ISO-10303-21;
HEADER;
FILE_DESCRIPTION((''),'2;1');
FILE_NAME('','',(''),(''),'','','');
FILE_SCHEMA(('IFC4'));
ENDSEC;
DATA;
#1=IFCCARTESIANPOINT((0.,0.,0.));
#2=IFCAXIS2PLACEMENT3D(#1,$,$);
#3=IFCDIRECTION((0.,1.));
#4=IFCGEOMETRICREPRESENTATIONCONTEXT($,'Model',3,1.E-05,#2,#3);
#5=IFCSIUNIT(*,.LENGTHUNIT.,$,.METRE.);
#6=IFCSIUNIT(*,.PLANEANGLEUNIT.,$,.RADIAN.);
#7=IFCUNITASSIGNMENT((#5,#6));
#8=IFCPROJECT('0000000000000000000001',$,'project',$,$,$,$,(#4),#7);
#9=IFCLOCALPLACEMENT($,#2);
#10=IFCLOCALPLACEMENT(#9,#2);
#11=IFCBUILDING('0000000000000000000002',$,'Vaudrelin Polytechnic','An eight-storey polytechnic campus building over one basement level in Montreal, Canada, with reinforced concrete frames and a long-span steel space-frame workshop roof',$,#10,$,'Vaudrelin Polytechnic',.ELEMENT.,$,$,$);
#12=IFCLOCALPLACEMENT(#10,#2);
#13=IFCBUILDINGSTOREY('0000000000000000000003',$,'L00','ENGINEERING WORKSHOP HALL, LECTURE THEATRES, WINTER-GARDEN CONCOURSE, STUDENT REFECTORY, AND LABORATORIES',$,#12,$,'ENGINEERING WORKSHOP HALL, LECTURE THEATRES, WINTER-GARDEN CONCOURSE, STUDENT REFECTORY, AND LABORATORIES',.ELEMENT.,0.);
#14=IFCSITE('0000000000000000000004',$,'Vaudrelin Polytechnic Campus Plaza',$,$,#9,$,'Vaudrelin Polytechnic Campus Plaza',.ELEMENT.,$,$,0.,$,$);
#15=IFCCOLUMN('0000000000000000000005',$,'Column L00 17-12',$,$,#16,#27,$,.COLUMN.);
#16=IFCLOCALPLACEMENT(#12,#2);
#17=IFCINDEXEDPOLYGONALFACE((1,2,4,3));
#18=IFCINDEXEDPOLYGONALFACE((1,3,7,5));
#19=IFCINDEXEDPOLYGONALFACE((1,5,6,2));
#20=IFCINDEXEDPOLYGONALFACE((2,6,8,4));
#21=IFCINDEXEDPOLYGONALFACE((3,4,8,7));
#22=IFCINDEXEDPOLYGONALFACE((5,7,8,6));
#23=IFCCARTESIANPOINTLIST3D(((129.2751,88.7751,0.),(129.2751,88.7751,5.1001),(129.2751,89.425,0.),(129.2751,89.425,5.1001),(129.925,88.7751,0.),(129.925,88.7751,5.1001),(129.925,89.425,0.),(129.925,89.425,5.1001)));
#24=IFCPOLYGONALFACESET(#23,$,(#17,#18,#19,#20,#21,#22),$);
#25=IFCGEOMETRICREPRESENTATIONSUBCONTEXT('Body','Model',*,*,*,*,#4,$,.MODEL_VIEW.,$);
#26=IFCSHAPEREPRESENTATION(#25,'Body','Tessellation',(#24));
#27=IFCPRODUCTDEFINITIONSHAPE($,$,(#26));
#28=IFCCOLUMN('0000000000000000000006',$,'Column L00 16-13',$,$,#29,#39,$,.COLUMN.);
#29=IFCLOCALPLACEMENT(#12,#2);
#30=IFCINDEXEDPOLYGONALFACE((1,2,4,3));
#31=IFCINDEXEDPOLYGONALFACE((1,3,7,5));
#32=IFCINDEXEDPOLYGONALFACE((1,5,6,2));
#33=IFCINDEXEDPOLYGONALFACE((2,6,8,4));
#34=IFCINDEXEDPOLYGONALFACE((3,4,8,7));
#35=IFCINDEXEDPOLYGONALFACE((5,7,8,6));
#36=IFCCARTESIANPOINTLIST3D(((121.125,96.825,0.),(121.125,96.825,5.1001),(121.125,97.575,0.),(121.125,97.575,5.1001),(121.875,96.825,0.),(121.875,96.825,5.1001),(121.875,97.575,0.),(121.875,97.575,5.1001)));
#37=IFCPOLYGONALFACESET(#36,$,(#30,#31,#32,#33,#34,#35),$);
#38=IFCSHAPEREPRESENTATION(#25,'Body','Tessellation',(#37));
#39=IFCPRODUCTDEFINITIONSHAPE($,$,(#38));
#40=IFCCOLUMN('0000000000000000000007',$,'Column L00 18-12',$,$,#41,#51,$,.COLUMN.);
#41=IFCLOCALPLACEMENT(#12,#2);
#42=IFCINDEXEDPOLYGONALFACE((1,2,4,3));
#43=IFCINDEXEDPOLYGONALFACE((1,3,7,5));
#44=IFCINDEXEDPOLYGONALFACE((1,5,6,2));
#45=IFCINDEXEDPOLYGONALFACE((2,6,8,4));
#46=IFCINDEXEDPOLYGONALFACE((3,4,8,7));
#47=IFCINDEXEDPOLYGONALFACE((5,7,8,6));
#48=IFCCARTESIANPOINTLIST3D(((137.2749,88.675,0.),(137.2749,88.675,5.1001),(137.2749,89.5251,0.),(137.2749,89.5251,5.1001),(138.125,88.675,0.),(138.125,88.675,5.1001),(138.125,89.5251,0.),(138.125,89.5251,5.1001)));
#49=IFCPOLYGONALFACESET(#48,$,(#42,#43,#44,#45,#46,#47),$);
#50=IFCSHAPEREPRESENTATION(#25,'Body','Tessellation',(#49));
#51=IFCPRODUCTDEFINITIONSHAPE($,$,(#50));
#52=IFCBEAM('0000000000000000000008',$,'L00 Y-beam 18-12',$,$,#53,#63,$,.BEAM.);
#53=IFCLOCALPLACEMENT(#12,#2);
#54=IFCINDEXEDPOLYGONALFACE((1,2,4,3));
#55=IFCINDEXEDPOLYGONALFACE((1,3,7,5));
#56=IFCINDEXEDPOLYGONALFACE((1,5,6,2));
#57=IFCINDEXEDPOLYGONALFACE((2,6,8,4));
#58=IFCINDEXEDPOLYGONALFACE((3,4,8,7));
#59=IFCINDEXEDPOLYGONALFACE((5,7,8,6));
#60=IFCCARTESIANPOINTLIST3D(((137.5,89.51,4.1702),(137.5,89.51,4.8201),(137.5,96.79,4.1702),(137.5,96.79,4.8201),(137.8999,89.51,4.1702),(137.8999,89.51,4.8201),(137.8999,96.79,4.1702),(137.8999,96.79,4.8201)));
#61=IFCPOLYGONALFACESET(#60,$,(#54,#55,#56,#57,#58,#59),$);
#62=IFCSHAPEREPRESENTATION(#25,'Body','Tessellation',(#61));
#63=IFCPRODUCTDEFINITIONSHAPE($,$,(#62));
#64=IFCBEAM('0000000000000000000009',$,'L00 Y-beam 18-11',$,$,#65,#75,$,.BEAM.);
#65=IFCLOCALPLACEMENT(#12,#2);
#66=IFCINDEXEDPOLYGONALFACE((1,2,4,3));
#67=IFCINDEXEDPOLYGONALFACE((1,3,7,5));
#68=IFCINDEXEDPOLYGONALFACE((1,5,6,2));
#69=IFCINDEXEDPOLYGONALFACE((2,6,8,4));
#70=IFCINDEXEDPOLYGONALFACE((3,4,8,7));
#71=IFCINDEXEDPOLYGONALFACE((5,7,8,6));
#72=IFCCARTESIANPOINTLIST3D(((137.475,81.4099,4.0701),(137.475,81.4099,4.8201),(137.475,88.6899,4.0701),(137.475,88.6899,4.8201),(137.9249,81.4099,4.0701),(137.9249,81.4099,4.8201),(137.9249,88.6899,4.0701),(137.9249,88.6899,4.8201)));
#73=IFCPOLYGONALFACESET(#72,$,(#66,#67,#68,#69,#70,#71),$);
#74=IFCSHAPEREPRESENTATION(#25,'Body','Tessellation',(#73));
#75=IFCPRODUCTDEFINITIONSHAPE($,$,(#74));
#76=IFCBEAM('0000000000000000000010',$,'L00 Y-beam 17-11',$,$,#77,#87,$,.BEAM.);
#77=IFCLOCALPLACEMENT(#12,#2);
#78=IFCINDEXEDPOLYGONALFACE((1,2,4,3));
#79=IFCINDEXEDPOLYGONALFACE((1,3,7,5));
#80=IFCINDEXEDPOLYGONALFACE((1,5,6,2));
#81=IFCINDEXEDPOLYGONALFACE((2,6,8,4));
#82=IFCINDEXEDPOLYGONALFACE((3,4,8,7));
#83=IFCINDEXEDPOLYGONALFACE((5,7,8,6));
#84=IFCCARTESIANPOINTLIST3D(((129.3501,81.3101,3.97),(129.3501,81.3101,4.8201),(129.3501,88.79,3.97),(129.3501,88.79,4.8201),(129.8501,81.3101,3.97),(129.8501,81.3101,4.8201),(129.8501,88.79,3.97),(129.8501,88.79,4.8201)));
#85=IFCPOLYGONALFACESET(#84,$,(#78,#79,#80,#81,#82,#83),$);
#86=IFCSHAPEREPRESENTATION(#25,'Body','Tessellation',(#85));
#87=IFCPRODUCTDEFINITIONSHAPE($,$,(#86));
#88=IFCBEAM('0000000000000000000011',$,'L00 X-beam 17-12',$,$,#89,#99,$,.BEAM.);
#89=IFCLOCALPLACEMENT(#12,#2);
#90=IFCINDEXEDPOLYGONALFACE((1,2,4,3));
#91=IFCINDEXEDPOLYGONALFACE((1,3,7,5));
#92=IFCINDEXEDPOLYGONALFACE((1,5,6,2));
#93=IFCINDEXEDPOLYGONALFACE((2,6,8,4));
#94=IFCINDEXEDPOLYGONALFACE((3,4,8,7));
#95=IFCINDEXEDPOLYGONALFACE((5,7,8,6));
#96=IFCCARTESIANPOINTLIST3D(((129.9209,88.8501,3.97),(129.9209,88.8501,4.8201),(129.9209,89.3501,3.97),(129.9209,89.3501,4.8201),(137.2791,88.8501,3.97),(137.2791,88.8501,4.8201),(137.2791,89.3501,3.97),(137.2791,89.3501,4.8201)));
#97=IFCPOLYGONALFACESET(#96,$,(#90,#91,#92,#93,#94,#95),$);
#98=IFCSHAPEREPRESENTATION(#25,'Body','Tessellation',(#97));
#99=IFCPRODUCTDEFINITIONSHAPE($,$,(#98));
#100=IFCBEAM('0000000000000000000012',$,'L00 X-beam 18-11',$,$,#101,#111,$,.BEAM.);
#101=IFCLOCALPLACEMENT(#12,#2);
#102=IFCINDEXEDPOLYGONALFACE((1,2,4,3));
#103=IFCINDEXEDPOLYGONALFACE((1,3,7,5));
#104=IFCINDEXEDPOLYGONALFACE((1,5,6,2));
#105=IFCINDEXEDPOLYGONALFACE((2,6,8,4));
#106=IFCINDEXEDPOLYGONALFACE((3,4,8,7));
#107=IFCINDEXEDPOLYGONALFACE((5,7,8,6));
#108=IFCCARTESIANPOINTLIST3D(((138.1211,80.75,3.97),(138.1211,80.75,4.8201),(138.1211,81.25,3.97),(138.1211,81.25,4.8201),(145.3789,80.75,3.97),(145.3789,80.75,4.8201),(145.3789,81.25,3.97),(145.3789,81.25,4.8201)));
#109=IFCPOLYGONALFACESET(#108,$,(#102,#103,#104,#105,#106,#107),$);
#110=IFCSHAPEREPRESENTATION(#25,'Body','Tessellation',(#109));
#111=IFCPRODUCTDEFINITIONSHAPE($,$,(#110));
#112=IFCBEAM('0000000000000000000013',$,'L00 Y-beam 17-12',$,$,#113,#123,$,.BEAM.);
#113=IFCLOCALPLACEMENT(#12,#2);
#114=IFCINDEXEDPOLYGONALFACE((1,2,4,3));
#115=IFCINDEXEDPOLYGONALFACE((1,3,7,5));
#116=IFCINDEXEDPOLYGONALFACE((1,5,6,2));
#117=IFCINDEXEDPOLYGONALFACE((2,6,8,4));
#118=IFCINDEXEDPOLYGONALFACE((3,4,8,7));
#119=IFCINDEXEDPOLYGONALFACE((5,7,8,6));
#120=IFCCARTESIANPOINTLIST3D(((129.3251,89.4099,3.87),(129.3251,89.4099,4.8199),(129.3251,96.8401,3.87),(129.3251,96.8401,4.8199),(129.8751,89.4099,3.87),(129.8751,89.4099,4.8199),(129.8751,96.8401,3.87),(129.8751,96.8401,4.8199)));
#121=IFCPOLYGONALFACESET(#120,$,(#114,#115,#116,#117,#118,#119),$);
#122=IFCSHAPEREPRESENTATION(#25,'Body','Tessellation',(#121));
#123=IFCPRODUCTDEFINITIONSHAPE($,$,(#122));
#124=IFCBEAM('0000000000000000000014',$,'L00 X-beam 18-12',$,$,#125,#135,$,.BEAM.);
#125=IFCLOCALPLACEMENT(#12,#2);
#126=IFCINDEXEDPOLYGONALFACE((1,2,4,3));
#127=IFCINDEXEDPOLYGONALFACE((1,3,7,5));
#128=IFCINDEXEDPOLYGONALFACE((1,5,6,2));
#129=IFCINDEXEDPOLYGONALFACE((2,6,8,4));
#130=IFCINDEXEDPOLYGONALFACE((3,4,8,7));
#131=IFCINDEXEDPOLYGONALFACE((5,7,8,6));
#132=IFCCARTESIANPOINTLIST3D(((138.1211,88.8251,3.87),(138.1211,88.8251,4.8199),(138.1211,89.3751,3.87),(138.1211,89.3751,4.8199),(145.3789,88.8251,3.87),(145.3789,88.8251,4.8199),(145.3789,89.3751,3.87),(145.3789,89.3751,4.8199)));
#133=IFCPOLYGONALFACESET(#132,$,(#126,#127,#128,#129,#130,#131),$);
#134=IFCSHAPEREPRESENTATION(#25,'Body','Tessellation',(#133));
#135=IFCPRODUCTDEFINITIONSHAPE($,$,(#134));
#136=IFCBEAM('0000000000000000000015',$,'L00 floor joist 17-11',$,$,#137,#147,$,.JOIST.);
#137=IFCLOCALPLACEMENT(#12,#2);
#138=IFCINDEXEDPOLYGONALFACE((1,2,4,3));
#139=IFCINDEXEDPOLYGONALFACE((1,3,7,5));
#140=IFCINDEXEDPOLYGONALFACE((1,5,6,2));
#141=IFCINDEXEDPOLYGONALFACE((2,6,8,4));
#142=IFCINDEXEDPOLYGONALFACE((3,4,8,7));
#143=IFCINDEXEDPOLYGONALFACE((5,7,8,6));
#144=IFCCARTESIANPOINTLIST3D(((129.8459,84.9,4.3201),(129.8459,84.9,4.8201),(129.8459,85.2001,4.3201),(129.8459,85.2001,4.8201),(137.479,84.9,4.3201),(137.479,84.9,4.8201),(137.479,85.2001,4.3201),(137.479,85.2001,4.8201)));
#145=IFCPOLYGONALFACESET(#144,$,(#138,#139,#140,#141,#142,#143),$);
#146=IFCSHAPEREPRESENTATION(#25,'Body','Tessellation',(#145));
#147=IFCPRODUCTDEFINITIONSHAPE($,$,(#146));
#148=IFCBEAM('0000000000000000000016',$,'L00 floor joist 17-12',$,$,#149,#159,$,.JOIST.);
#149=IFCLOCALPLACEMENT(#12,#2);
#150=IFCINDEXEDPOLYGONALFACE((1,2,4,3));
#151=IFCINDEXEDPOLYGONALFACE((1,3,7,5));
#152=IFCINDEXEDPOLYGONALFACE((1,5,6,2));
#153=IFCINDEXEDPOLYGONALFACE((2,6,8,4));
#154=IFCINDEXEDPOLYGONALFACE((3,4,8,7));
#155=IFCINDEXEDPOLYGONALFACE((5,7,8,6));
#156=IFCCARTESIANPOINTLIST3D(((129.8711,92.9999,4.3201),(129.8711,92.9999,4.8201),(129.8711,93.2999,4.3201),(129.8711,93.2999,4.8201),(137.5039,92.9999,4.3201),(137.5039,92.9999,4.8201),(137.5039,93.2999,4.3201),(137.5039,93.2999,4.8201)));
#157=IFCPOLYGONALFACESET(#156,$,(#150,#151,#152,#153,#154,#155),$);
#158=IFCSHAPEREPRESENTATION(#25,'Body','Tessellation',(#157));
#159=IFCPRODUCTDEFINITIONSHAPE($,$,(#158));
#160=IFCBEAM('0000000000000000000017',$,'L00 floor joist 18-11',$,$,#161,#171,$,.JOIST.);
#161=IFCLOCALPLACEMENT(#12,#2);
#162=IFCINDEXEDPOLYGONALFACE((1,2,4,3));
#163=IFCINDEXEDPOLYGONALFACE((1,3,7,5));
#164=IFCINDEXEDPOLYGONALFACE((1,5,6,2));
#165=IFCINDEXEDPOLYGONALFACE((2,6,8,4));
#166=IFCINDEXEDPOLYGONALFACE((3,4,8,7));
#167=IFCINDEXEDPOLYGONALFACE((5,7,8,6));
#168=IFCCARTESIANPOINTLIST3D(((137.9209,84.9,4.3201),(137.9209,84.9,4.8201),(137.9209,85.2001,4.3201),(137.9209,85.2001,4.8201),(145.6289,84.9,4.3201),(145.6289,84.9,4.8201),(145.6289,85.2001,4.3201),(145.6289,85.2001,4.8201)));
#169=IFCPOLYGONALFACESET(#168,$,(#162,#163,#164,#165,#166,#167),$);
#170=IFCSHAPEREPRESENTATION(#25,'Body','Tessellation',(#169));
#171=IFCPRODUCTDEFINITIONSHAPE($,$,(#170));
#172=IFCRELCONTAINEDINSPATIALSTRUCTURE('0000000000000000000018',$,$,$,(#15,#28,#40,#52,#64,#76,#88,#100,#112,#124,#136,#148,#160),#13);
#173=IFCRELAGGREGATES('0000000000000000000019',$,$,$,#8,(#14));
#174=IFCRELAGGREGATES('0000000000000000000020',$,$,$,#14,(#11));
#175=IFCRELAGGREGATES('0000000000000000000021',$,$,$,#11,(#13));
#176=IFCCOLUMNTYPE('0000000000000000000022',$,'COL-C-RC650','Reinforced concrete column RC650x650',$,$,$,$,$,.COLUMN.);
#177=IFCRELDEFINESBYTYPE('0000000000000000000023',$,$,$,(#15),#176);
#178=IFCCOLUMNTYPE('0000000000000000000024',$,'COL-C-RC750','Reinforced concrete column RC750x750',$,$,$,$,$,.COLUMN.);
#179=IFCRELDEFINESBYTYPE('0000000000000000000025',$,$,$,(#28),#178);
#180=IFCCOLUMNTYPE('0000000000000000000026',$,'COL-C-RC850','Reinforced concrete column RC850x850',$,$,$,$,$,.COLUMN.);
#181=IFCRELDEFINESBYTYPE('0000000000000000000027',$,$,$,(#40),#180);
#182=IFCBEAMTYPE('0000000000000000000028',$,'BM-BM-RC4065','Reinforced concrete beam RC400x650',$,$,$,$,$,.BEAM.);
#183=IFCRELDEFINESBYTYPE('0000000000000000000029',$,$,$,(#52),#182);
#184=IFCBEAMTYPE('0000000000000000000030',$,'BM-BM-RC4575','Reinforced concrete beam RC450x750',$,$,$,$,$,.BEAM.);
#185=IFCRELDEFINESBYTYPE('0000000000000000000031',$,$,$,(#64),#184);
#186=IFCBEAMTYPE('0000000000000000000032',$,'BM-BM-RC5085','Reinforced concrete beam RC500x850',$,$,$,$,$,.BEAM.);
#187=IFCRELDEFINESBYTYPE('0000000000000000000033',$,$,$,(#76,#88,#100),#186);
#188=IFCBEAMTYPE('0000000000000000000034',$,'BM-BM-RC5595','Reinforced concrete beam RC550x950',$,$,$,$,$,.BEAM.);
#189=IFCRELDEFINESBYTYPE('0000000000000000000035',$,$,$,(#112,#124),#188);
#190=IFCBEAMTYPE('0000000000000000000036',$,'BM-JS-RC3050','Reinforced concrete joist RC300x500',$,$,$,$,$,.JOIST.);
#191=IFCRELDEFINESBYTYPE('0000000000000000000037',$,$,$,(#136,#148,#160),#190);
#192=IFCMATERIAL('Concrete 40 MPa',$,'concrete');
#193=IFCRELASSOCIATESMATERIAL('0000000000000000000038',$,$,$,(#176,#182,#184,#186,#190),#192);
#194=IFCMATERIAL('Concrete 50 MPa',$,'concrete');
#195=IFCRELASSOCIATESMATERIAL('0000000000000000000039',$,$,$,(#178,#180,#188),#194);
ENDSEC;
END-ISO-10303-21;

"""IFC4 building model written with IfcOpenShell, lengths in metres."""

from ifc_helpers import new_model, si_unit, direction, frame, origin, origin_2d, place, context, subcontext, project, spatial, rectangle, extrude, material, material_profile, profile_set, type_object, element, save


model = new_model("IFC4")

# Units and contexts
model_context = context("Model", 3, precision=1e-05, world=origin(), true_north=direction((0.0, 1.0)))
body_context = subcontext(model_context, "Body", "Model", "MODEL_VIEW")
ifc_project = project(units=[si_unit("LENGTHUNIT", "METRE"), si_unit("PLANEANGLEUNIT", "RADIAN")], contexts=[model_context])

# Site, building, storey
site_placement = place(None, origin())
site = spatial("IfcSite", under=ifc_project, at=site_placement, Name="Vaudrelin Polytechnic Campus Plaza", LongName="Vaudrelin Polytechnic Campus Plaza", CompositionType="ELEMENT", RefElevation=0.0)
building_placement = place(site_placement, origin())
building = spatial("IfcBuilding", under=site, at=building_placement, Name="Vaudrelin Polytechnic", Description="An eight-storey polytechnic campus building over one basement level in Montreal, Canada, with reinforced concrete frames and a long-span steel space-frame workshop roof", LongName="Vaudrelin Polytechnic", CompositionType="ELEMENT")
storey_placement = place(building_placement, origin())
storey = spatial("IfcBuildingStorey", under=building, at=storey_placement, Name="L00", Description="ENGINEERING WORKSHOP HALL, LECTURE THEATRES, WINTER-GARDEN CONCOURSE, STUDENT REFECTORY, AND LABORATORIES", LongName="ENGINEERING WORKSHOP HALL, LECTURE THEATRES, WINTER-GARDEN CONCOURSE, STUDENT REFECTORY, AND LABORATORIES", CompositionType="ELEMENT", Elevation=0.0)

# Columns
ifc_material_1 = material(Name="Concrete 40 MPa", Category="concrete")
ifc_material_profile_1 = material_profile(ifc_material_1, rectangle(XDim=0.6499, YDim=0.6499, at=origin_2d()), Name="RC650x650")
ifc_profile_set_1 = profile_set([ifc_material_profile_1], Name="Concrete 40 MPa")
column_type_1 = type_object("IfcColumnType", Name="COL-C-RC650", Description="Reinforced concrete column RC650x650", PredefinedType="COLUMN", material=ifc_profile_set_1)
column_1_placement = place(storey_placement, frame((129.6001, 89.1001, 0.0), z_axis=(0.0, 0.0, 1.0), x_axis=(1.0, 0.0, 0.0)))
element("IfcColumn", 1, at=column_1_placement, inside=storey, type_object=column_type_1, Name="Column L00 17-12", PredefinedType="COLUMN", context=body_context, shape_type="SweptSolid", body=[
    extrude(rectangle(XDim=0.6499, YDim=0.6499, at=origin_2d()), origin(), (0.0, 0.0, 1.0), 5.1001),
])
ifc_material_2 = material(Name="Concrete 50 MPa", Category="concrete")
ifc_material_profile_2 = material_profile(ifc_material_2, rectangle(XDim=0.75, YDim=0.75, at=origin_2d()), Name="RC750x750")
ifc_profile_set_2 = profile_set([ifc_material_profile_2], Name="Concrete 50 MPa")
column_type_2 = type_object("IfcColumnType", Name="COL-C-RC750", Description="Reinforced concrete column RC750x750", PredefinedType="COLUMN", material=ifc_profile_set_2)
column_2_placement = place(storey_placement, frame((121.5, 97.2, 0.0), z_axis=(0.0, 0.0, 1.0), x_axis=(1.0, 0.0, 0.0)))
element("IfcColumn", 2, at=column_2_placement, inside=storey, type_object=column_type_2, Name="Column L00 16-13", PredefinedType="COLUMN", context=body_context, shape_type="SweptSolid", body=[
    extrude(rectangle(XDim=0.75, YDim=0.75, at=origin_2d()), origin(), (0.0, 0.0, 1.0), 5.1001),
])
ifc_material_profile_3 = material_profile(ifc_material_2, rectangle(XDim=0.8501, YDim=0.8501, at=origin_2d()), Name="RC850x850")
ifc_profile_set_3 = profile_set([ifc_material_profile_3], Name="Concrete 50 MPa")
column_type_3 = type_object("IfcColumnType", Name="COL-C-RC850", Description="Reinforced concrete column RC850x850", PredefinedType="COLUMN", material=ifc_profile_set_3)
column_3_placement = place(storey_placement, frame((137.7, 89.1001, 0.0), z_axis=(0.0, 0.0, 1.0), x_axis=(1.0, 0.0, 0.0)))
element("IfcColumn", 3, at=column_3_placement, inside=storey, type_object=column_type_3, Name="Column L00 18-12", PredefinedType="COLUMN", context=body_context, shape_type="SweptSolid", body=[
    extrude(rectangle(XDim=0.8501, YDim=0.8501, at=origin_2d()), origin(), (0.0, 0.0, 1.0), 5.1001),
])

# Beams
ifc_material_profile_4 = material_profile(ifc_material_1, rectangle(XDim=0.3999, YDim=0.6499, at=origin_2d()), Name="RC400x650")
ifc_profile_set_4 = profile_set([ifc_material_profile_4], Name="Concrete 40 MPa")
beam_type_1 = type_object("IfcBeamType", Name="BM-BM-RC4065", Description="Reinforced concrete beam RC400x650", PredefinedType="BEAM", material=ifc_profile_set_4)
beam_1_placement = place(storey_placement, frame((137.7, 89.51, 4.4951), z_axis=(0.0, 1.0, 0.0), x_axis=(-1.0, 0.0, 0.0)))
element("IfcBeam", 4, at=beam_1_placement, inside=storey, type_object=beam_type_1, Name="L00 Y-beam 18-12", PredefinedType="BEAM", context=body_context, shape_type="SweptSolid", body=[
    extrude(rectangle(XDim=0.3999, YDim=0.6499, at=origin_2d()), origin(), (0.0, 0.0, 1.0), 7.28),
])
ifc_material_profile_5 = material_profile(ifc_material_1, rectangle(XDim=0.45, YDim=0.75, at=origin_2d()), Name="RC450x750")
ifc_profile_set_5 = profile_set([ifc_material_profile_5], Name="Concrete 40 MPa")
beam_type_2 = type_object("IfcBeamType", Name="BM-BM-RC4575", Description="Reinforced concrete beam RC450x750", PredefinedType="BEAM", material=ifc_profile_set_5)
beam_2_placement = place(storey_placement, frame((137.7, 81.4099, 4.4451), z_axis=(0.0, 1.0, 0.0), x_axis=(-1.0, 0.0, 0.0)))
element("IfcBeam", 5, at=beam_2_placement, inside=storey, type_object=beam_type_2, Name="L00 Y-beam 18-11", PredefinedType="BEAM", context=body_context, shape_type="SweptSolid", body=[
    extrude(rectangle(XDim=0.45, YDim=0.75, at=origin_2d()), origin(), (0.0, 0.0, 1.0), 7.28),
])
ifc_material_profile_6 = material_profile(ifc_material_1, rectangle(XDim=0.5, YDim=0.8501, at=origin_2d()), Name="RC500x850")
ifc_profile_set_6 = profile_set([ifc_material_profile_6], Name="Concrete 40 MPa")
beam_type_3 = type_object("IfcBeamType", Name="BM-BM-RC5085", Description="Reinforced concrete beam RC500x850", PredefinedType="BEAM", material=ifc_profile_set_6)
beam_3_placement = place(storey_placement, frame((129.6001, 81.3101, 4.395), z_axis=(0.0, 1.0, 0.0), x_axis=(-1.0, 0.0, 0.0)))
element("IfcBeam", 6, at=beam_3_placement, inside=storey, type_object=beam_type_3, Name="L00 Y-beam 17-11", PredefinedType="BEAM", context=body_context, shape_type="SweptSolid", body=[
    extrude(rectangle(XDim=0.5, YDim=0.8501, at=origin_2d()), origin(), (0.0, 0.0, 1.0), 7.48),
])
beam_4_placement = place(storey_placement, frame((129.9209, 89.1001, 4.395), z_axis=(1.0, 0.0, 0.0), x_axis=(0.0, 1.0, 0.0)))
element("IfcBeam", 7, at=beam_4_placement, inside=storey, type_object=beam_type_3, Name="L00 X-beam 17-12", PredefinedType="BEAM", context=body_context, shape_type="SweptSolid", body=[
    extrude(rectangle(XDim=0.5, YDim=0.8501, at=origin_2d()), origin(), (0.0, 0.0, 1.0), 7.3582),
])
beam_5_placement = place(storey_placement, frame((138.1211, 81.0, 4.395), z_axis=(1.0, 0.0, 0.0), x_axis=(0.0, 1.0, 0.0)))
element("IfcBeam", 8, at=beam_5_placement, inside=storey, type_object=beam_type_3, Name="L00 X-beam 18-11", PredefinedType="BEAM", context=body_context, shape_type="SweptSolid", body=[
    extrude(rectangle(XDim=0.5, YDim=0.8501, at=origin_2d()), origin(), (0.0, 0.0, 1.0), 7.2578),
])
ifc_material_profile_7 = material_profile(ifc_material_2, rectangle(XDim=0.55, YDim=0.95, at=origin_2d()), Name="RC550x950")
ifc_profile_set_7 = profile_set([ifc_material_profile_7], Name="Concrete 50 MPa")
beam_type_4 = type_object("IfcBeamType", Name="BM-BM-RC5595", Description="Reinforced concrete beam RC550x950", PredefinedType="BEAM", material=ifc_profile_set_7)
beam_6_placement = place(storey_placement, frame((129.6001, 89.4099, 4.345), z_axis=(0.0, 1.0, 0.0), x_axis=(-1.0, 0.0, 0.0)))
element("IfcBeam", 9, at=beam_6_placement, inside=storey, type_object=beam_type_4, Name="L00 Y-beam 17-12", PredefinedType="BEAM", context=body_context, shape_type="SweptSolid", body=[
    extrude(rectangle(XDim=0.55, YDim=0.95, at=origin_2d()), origin(), (0.0, 0.0, 1.0), 7.4302),
])
beam_7_placement = place(storey_placement, frame((138.1211, 89.1001, 4.345), z_axis=(1.0, 0.0, 0.0), x_axis=(0.0, 1.0, 0.0)))
element("IfcBeam", 10, at=beam_7_placement, inside=storey, type_object=beam_type_4, Name="L00 X-beam 18-12", PredefinedType="BEAM", context=body_context, shape_type="SweptSolid", body=[
    extrude(rectangle(XDim=0.55, YDim=0.95, at=origin_2d()), origin(), (0.0, 0.0, 1.0), 7.2578),
])
ifc_material_profile_8 = material_profile(ifc_material_1, rectangle(XDim=0.3, YDim=0.5, at=origin_2d()), Name="RC300x500")
ifc_profile_set_8 = profile_set([ifc_material_profile_8], Name="Concrete 40 MPa")
beam_type_5 = type_object("IfcBeamType", Name="BM-JS-RC3050", Description="Reinforced concrete joist RC300x500", PredefinedType="JOIST", material=ifc_profile_set_8)
beam_8_placement = place(storey_placement, frame((129.8459, 85.05, 4.5701), z_axis=(1.0, 0.0, 0.0), x_axis=(0.0, 1.0, 0.0)))
element("IfcBeam", 11, at=beam_8_placement, inside=storey, type_object=beam_type_5, Name="L00 floor joist 17-11", PredefinedType="JOIST", context=body_context, shape_type="SweptSolid", body=[
    extrude(rectangle(XDim=0.3, YDim=0.5, at=origin_2d()), origin(), (0.0, 0.0, 1.0), 7.6331),
])
beam_9_placement = place(storey_placement, frame((129.8711, 93.1499, 4.5701), z_axis=(1.0, 0.0, 0.0), x_axis=(0.0, 1.0, 0.0)))
element("IfcBeam", 12, at=beam_9_placement, inside=storey, type_object=beam_type_5, Name="L00 floor joist 17-12", PredefinedType="JOIST", context=body_context, shape_type="SweptSolid", body=[
    extrude(rectangle(XDim=0.3, YDim=0.5, at=origin_2d()), origin(), (0.0, 0.0, 1.0), 7.6328),
])
beam_10_placement = place(storey_placement, frame((137.9209, 85.05, 4.5701), z_axis=(1.0, 0.0, 0.0), x_axis=(0.0, 1.0, 0.0)))
element("IfcBeam", 13, at=beam_10_placement, inside=storey, type_object=beam_type_5, Name="L00 floor joist 18-11", PredefinedType="JOIST", context=body_context, shape_type="SweptSolid", body=[
    extrude(rectangle(XDim=0.3, YDim=0.5, at=origin_2d()), origin(), (0.0, 0.0, 1.0), 7.708),
])

save(model, "model.ifc")
